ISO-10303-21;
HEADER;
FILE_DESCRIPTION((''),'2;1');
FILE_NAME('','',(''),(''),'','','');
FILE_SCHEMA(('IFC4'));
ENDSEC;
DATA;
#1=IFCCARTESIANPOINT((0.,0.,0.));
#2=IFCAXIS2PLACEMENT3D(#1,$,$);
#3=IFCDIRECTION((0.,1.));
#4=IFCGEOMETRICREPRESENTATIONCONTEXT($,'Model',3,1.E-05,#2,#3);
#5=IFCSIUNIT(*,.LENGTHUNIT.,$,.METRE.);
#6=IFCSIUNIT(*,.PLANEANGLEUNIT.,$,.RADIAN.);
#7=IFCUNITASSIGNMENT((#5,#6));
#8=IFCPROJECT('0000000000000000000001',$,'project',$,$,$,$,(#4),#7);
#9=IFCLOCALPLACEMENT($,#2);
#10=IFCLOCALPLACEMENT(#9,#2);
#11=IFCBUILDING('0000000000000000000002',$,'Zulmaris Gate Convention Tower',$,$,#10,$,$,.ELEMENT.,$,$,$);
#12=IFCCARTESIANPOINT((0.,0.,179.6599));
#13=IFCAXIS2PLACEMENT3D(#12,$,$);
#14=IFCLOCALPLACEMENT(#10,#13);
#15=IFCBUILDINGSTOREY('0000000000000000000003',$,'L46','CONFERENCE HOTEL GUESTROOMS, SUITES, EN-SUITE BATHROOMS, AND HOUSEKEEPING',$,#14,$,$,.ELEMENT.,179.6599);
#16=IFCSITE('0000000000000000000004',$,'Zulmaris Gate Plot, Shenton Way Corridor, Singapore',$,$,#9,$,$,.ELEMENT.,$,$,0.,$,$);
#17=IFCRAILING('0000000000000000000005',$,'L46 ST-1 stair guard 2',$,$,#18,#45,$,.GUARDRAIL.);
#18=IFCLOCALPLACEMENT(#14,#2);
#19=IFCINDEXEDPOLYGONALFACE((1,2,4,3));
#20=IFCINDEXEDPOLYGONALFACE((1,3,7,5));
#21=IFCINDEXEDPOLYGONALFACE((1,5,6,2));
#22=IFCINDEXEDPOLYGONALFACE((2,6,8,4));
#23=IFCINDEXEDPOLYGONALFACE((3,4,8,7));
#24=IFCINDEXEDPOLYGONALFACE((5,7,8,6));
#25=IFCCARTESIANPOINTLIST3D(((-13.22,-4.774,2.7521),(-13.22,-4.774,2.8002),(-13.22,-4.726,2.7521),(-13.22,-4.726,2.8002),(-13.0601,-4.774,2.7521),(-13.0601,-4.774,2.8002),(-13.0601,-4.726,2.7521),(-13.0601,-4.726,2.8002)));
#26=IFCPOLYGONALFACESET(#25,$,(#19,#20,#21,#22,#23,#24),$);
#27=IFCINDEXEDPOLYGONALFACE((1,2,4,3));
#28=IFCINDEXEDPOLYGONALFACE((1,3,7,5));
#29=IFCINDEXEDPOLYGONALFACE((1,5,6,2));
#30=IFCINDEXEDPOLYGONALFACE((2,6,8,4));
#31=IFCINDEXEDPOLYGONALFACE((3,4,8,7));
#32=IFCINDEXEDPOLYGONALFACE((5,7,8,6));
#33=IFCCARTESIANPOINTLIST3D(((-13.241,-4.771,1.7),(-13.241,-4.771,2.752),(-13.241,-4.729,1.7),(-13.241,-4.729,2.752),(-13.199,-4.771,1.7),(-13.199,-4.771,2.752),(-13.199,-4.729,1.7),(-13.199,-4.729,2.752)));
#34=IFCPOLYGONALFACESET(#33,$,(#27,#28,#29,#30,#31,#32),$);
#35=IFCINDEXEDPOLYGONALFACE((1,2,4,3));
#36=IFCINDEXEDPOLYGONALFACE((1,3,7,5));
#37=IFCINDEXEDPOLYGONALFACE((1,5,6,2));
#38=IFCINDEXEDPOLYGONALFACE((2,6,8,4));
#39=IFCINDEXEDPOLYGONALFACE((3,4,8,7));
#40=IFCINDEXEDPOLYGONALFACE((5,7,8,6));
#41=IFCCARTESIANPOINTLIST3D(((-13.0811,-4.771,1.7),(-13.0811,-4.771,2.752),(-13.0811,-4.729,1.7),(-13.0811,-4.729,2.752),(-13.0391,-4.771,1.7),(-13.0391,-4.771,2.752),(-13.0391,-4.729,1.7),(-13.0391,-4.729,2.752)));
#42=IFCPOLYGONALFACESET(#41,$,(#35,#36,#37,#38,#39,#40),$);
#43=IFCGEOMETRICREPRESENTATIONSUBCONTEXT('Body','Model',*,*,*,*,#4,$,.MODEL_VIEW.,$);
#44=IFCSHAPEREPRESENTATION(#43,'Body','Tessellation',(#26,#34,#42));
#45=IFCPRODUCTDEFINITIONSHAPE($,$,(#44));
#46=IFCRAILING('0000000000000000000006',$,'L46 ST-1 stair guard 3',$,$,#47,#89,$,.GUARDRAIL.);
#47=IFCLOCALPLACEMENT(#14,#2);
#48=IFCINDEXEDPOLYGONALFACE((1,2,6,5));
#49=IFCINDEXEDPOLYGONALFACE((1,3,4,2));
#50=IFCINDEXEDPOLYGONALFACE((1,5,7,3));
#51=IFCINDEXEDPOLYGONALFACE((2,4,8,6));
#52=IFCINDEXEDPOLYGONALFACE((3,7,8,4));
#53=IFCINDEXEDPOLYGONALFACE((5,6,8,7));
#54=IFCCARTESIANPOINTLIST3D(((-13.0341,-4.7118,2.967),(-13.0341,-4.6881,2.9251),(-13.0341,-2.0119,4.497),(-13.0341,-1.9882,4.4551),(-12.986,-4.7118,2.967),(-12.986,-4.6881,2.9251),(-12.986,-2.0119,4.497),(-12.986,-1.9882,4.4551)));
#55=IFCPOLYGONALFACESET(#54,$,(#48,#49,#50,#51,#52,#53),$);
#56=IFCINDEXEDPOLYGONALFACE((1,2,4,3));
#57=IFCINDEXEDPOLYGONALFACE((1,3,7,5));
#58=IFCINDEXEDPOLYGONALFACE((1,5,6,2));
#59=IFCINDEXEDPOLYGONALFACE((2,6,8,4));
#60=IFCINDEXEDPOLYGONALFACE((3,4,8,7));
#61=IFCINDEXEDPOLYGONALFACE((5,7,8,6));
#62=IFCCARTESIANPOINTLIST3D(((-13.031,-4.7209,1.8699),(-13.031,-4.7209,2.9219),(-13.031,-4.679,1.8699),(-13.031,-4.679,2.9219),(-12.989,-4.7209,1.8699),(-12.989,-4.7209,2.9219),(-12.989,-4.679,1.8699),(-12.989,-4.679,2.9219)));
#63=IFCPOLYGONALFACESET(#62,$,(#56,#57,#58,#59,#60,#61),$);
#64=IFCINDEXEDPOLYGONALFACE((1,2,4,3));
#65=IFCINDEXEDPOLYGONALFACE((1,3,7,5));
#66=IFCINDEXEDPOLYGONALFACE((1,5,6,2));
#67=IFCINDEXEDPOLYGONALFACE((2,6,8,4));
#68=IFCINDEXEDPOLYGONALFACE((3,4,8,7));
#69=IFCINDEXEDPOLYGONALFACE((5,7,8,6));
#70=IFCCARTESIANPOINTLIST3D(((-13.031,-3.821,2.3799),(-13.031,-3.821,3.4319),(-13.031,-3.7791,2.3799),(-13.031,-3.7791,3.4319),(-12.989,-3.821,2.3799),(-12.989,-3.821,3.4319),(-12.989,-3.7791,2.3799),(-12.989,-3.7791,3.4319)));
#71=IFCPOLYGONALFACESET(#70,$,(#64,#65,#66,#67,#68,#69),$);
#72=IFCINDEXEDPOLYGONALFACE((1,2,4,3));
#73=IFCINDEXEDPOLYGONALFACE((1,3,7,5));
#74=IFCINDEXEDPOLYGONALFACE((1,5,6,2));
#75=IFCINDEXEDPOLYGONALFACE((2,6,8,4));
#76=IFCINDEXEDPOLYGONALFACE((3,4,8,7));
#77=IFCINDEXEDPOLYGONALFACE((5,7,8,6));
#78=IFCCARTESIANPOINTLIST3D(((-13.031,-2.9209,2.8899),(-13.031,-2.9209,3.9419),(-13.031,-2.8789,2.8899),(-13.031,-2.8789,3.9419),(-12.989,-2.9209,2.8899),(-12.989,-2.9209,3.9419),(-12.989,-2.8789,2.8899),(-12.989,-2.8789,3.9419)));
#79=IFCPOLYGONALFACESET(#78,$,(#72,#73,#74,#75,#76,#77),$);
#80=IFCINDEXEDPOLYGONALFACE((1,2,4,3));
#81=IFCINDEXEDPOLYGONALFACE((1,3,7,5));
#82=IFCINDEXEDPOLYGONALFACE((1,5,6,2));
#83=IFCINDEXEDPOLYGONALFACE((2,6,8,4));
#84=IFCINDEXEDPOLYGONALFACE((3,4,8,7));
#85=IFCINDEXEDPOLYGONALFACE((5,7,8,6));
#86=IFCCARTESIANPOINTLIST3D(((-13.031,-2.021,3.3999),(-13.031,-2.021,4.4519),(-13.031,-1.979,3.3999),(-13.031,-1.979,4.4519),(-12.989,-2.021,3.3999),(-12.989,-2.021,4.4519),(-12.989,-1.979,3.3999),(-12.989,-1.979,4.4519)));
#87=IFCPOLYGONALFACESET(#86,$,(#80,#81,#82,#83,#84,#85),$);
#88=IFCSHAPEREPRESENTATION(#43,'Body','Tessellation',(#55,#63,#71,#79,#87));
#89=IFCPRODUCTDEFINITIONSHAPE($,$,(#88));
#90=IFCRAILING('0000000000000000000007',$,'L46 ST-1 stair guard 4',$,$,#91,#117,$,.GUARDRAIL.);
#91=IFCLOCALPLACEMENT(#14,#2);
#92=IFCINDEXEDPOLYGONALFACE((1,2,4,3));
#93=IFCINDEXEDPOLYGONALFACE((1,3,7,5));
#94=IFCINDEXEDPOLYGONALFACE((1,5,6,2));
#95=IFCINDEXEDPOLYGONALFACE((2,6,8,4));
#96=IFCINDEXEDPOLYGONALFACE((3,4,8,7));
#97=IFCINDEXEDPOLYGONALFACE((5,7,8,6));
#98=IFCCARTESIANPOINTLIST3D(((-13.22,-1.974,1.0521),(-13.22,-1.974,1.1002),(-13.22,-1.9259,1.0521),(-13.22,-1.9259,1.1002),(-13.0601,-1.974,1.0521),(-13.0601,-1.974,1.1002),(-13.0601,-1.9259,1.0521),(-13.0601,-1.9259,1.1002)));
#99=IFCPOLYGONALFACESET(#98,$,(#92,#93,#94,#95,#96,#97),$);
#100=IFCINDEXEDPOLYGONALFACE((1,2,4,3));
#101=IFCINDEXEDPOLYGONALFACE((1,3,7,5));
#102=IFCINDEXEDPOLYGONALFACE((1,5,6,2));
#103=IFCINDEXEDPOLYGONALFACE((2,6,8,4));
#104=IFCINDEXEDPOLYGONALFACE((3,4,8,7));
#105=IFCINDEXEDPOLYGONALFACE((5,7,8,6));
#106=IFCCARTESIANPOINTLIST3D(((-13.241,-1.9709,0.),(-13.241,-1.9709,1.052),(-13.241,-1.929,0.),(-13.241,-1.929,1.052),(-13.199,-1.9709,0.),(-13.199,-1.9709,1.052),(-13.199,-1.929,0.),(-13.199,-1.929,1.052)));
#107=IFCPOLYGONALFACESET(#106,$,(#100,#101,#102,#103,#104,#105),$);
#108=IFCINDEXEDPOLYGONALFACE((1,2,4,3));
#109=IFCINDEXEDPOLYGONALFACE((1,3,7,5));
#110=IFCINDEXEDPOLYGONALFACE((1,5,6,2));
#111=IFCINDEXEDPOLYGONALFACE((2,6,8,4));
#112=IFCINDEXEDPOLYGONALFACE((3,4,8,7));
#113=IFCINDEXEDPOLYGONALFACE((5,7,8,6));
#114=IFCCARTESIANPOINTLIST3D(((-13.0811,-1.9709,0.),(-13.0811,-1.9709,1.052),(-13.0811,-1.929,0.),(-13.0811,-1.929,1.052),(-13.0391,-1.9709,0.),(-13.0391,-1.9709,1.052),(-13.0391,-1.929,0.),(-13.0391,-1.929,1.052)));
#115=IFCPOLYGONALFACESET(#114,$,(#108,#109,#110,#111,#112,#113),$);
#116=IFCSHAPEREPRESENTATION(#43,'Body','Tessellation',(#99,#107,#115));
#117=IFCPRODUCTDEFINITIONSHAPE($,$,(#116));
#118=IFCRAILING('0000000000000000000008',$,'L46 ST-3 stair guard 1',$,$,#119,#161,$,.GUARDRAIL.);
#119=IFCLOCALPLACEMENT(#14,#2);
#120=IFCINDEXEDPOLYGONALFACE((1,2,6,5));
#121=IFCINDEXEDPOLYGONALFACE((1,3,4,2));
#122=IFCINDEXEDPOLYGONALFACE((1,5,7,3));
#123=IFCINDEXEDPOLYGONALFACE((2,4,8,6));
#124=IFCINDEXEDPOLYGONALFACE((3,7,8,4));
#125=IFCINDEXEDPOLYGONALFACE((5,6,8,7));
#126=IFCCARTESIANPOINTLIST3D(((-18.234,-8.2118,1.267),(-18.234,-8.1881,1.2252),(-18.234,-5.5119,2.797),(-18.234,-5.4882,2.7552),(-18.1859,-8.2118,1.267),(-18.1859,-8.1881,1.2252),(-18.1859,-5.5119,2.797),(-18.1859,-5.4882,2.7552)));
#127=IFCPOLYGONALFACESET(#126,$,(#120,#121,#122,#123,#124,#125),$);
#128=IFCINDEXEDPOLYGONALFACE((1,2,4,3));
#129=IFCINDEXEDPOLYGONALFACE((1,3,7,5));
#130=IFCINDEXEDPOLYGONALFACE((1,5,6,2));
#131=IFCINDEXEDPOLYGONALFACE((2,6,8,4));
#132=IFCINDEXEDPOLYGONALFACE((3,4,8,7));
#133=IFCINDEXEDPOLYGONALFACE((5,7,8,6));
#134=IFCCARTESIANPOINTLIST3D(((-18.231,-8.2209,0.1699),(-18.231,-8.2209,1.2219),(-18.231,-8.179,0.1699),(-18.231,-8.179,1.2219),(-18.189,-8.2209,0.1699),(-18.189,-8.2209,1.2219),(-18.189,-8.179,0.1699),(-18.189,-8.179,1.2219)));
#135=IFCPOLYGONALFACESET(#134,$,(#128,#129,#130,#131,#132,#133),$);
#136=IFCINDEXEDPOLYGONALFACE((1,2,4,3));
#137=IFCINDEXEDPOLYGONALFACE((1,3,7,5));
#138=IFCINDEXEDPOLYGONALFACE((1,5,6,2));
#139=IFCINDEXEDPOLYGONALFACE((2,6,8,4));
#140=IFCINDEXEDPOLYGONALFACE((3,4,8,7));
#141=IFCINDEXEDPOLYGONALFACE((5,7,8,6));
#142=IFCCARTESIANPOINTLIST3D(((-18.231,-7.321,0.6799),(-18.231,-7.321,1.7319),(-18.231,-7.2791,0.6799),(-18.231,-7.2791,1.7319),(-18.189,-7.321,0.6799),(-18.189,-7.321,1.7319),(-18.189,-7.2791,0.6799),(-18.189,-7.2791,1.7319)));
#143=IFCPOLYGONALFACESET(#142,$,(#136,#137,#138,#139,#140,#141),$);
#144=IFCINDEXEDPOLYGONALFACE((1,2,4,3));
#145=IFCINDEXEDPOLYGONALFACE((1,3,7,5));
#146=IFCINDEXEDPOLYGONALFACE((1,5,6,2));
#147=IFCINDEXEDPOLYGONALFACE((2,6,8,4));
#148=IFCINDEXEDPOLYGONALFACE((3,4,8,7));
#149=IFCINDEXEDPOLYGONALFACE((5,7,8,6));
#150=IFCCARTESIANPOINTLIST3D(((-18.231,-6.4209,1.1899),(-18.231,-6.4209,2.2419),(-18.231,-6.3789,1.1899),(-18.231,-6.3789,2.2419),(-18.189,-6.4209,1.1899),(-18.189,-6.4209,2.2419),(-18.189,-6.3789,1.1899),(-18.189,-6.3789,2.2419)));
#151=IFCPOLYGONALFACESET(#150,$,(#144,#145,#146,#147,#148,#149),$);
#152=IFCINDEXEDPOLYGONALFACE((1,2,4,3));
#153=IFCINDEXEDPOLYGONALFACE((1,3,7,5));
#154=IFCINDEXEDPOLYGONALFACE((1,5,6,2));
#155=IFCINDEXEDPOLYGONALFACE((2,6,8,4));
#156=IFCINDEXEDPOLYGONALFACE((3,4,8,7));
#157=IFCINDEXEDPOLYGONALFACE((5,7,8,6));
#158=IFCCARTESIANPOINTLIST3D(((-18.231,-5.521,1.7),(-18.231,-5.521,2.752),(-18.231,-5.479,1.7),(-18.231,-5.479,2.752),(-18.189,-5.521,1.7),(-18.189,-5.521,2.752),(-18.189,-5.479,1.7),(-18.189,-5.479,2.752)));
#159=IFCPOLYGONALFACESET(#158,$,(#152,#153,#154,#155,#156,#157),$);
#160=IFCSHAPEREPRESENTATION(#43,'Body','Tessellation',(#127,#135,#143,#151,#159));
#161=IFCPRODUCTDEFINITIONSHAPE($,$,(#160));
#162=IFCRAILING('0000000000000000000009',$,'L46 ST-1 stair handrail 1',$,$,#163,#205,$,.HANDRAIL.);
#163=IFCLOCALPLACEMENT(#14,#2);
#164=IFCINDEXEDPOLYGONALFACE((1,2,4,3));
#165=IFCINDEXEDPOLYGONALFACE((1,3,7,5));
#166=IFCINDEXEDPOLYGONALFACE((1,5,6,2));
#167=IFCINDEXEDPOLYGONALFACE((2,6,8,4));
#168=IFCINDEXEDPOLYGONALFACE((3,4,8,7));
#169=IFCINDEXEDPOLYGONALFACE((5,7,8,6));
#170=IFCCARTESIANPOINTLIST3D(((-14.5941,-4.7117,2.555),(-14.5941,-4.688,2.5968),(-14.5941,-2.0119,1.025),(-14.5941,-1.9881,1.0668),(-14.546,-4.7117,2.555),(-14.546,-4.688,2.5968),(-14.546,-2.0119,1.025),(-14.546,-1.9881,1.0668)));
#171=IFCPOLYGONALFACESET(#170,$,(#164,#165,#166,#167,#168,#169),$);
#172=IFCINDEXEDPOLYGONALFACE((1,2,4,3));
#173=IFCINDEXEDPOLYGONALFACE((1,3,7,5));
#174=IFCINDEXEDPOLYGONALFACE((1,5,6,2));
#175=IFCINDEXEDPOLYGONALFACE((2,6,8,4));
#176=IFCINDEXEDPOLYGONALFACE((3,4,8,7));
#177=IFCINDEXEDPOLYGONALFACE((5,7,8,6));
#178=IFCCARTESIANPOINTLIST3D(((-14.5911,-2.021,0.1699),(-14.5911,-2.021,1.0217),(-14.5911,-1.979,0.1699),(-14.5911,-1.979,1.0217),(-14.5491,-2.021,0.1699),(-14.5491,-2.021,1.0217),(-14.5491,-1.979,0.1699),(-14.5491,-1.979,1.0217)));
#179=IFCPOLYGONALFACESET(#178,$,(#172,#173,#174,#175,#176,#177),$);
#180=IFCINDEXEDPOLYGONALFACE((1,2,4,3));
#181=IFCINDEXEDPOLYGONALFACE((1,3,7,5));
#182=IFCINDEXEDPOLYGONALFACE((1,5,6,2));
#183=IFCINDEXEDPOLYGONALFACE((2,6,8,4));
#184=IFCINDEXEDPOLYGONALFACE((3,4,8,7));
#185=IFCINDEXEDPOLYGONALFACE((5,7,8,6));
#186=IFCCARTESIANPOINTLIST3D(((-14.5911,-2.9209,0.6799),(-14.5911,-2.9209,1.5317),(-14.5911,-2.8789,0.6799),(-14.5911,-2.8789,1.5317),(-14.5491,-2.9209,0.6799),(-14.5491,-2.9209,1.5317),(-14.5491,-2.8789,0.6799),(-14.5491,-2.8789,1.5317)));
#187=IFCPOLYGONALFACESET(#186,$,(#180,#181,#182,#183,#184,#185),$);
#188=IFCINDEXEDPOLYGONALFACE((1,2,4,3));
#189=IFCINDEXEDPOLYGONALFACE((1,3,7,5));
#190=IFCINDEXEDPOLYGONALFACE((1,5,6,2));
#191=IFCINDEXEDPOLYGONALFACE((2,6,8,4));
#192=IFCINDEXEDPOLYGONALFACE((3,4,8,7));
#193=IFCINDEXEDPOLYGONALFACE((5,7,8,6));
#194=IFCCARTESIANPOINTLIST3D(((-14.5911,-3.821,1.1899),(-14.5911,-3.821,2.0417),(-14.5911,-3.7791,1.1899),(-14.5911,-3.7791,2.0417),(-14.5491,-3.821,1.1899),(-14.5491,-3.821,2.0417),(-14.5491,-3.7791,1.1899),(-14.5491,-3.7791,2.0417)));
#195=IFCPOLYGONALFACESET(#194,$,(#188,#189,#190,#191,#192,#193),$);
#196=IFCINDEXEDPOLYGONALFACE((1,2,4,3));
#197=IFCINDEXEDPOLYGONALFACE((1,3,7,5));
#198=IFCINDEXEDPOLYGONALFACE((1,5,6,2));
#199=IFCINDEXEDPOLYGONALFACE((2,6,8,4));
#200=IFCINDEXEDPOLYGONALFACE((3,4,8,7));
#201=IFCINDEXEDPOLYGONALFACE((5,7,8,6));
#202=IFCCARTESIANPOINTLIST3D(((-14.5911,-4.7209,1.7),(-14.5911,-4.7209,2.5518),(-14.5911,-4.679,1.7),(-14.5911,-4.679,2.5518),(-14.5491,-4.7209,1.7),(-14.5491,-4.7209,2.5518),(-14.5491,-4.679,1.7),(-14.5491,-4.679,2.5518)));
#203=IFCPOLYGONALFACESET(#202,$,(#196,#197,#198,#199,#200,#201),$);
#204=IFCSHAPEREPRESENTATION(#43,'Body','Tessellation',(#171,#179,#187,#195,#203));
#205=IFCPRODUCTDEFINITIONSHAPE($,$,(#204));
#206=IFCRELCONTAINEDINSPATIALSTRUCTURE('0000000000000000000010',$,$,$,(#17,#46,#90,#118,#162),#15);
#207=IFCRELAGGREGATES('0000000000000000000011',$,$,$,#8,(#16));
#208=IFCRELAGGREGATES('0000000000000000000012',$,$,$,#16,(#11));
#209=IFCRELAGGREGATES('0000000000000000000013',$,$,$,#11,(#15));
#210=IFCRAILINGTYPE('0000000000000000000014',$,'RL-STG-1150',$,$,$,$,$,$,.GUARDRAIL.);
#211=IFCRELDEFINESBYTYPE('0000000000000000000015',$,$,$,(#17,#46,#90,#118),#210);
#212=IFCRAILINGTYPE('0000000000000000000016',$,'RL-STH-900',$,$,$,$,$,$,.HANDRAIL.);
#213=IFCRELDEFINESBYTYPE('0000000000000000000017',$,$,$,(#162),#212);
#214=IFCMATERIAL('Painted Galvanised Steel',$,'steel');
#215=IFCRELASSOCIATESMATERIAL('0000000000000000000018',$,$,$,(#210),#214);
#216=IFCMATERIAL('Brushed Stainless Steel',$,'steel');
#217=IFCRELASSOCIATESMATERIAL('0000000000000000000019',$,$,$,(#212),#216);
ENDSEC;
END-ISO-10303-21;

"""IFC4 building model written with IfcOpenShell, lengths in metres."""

from ifc_helpers import new_model, si_unit, direction, frame, origin, origin_2d, place, context, subcontext, project, spatial, rectangle, extrude, material, type_object, element, save


model = new_model("IFC4")

# Units and contexts
model_context = context("Model", 3, precision=1e-05, world=origin(), true_north=direction((0.0, 1.0)))
body_context = subcontext(model_context, "Body", "Model", "MODEL_VIEW")
ifc_project = project(units=[si_unit("LENGTHUNIT", "METRE"), si_unit("PLANEANGLEUNIT", "RADIAN")], contexts=[model_context])

# Site, building, storey
site_placement = place(None, origin())
site = spatial("IfcSite", under=ifc_project, at=site_placement, Name="Zulmaris Gate Plot, Shenton Way Corridor, Singapore", CompositionType="ELEMENT", RefElevation=0.0)
building_placement = place(site_placement, origin())
building = spatial("IfcBuilding", under=site, at=building_placement, Name="Zulmaris Gate Convention Tower", CompositionType="ELEMENT")
storey_placement = place(building_placement, frame((0.0, 0.0, 179.6599)))
storey = spatial("IfcBuildingStorey", under=building, at=storey_placement, Name="L46", Description="CONFERENCE HOTEL GUESTROOMS, SUITES, EN-SUITE BATHROOMS, AND HOUSEKEEPING", CompositionType="ELEMENT", Elevation=179.6599)

# Shared definitions
ifc_material_1 = material(Name="Brushed Stainless Steel", Category="steel")

# Railings
ifc_material_2 = material(Name="Painted Galvanised Steel", Category="steel")
railing_type_1 = type_object("IfcRailingType", Name="RL-STG-1150", PredefinedType="GUARDRAIL", material=ifc_material_2)
railing_1_placement = place(storey_placement, frame((-13.22, -4.75, 1.7)))
element("IfcRailing", 1, at=railing_1_placement, inside=storey, type_object=railing_type_1, Name="L46 ST-1 stair guard 2", PredefinedType="GUARDRAIL", context=body_context, shape_type="SweptSolid", body=[
    extrude(rectangle(XDim=0.0481, YDim=0.0481, at=origin_2d()), frame((0.0, 0.0, 1.0762), z_axis=(1.0, 0.0, 0.0), x_axis=(0.0, 1.0, 0.0)), (0.0, 0.0, 1.0), 0.1599),
    extrude(rectangle(XDim=0.042, YDim=0.042, at=origin_2d()), origin(), (0.0, 0.0, 1.0), 1.052),
    extrude(rectangle(XDim=0.042, YDim=0.042, at=origin_2d()), frame((0.1599, 0.0, 0.0)), (0.0, 0.0, 1.0), 1.052),
])
railing_2_placement = place(storey_placement, frame((-13.01, -4.7, 1.8699)))
element("IfcRailing", 2, at=railing_2_placement, inside=storey, type_object=railing_type_1, Name="L46 ST-1 stair guard 3", PredefinedType="GUARDRAIL", context=body_context, shape_type="SweptSolid", body=[
    extrude(rectangle(XDim=0.0481, YDim=0.0481, at=origin_2d()), frame((0.0, 0.0, 1.0762), z_axis=(0.0, 0.870014, 0.493026), x_axis=(-1.0, 0.0, 0.0)), (0.0, 0.0, 1.0), 3.1033),
    extrude(rectangle(XDim=0.042, YDim=0.042, at=origin_2d()), origin(), (0.0, 0.0, 1.0), 1.052),
    extrude(rectangle(XDim=0.042, YDim=0.042, at=origin_2d()), frame((0.0, 0.8999, 0.51)), (0.0, 0.0, 1.0), 1.052),
    extrude(rectangle(XDim=0.042, YDim=0.042, at=origin_2d()), frame((0.0, 1.8, 1.02)), (0.0, 0.0, 1.0), 1.052),
    extrude(rectangle(XDim=0.042, YDim=0.042, at=origin_2d()), frame((0.0, 2.7, 1.53)), (0.0, 0.0, 1.0), 1.052),
])
railing_3_placement = place(storey_placement, frame((-13.22, -1.95, 0.0)))
element("IfcRailing", 3, at=railing_3_placement, inside=storey, type_object=railing_type_1, Name="L46 ST-1 stair guard 4", PredefinedType="GUARDRAIL", context=body_context, shape_type="SweptSolid", body=[
    extrude(rectangle(XDim=0.0481, YDim=0.0481, at=origin_2d()), frame((0.0, 0.0, 1.0762), z_axis=(1.0, 0.0, 0.0), x_axis=(0.0, 1.0, 0.0)), (0.0, 0.0, 1.0), 0.1599),
    extrude(rectangle(XDim=0.042, YDim=0.042, at=origin_2d()), origin(), (0.0, 0.0, 1.0), 1.052),
    extrude(rectangle(XDim=0.042, YDim=0.042, at=origin_2d()), frame((0.1599, 0.0, 0.0)), (0.0, 0.0, 1.0), 1.052),
])
railing_4_placement = place(storey_placement, frame((-18.21, -8.2, 0.1699)))
element("IfcRailing", 4, at=railing_4_placement, inside=storey, type_object=railing_type_1, Name="L46 ST-3 stair guard 1", PredefinedType="GUARDRAIL", context=body_context, shape_type="SweptSolid", body=[
    extrude(rectangle(XDim=0.0481, YDim=0.0481, at=origin_2d()), frame((0.0, 0.0, 1.0762), z_axis=(0.0, 0.870014, 0.493026), x_axis=(-1.0, 0.0, 0.0)), (0.0, 0.0, 1.0), 3.1033),
    extrude(rectangle(XDim=0.042, YDim=0.042, at=origin_2d()), origin(), (0.0, 0.0, 1.0), 1.052),
    extrude(rectangle(XDim=0.042, YDim=0.042, at=origin_2d()), frame((0.0, 0.8999, 0.51)), (0.0, 0.0, 1.0), 1.052),
    extrude(rectangle(XDim=0.042, YDim=0.042, at=origin_2d()), frame((0.0, 1.8, 1.02)), (0.0, 0.0, 1.0), 1.052),
    extrude(rectangle(XDim=0.042, YDim=0.042, at=origin_2d()), frame((0.0, 2.7, 1.53)), (0.0, 0.0, 1.0), 1.052),
])
railing_type_2 = type_object("IfcRailingType", Name="RL-STH-900", PredefinedType="HANDRAIL", material=ifc_material_1)
railing_5_placement = place(storey_placement, frame((-14.5701, -2.0, 0.1699)))
element("IfcRailing", 5, at=railing_5_placement, inside=storey, type_object=railing_type_2, Name="L46 ST-1 stair handrail 1", PredefinedType="HANDRAIL", context=body_context, shape_type="SweptSolid", body=[
    extrude(rectangle(XDim=0.0481, YDim=0.0481, at=origin_2d()), frame((0.0, 0.0, 0.876), z_axis=(0.0, -0.870014, 0.493026), x_axis=(1.0, 0.0, 0.0)), (0.0, 0.0, 1.0), 3.1033),
    extrude(rectangle(XDim=0.042, YDim=0.042, at=origin_2d()), origin(), (0.0, 0.0, 1.0), 0.8518),
    extrude(rectangle(XDim=0.042, YDim=0.042, at=origin_2d()), frame((0.0, -0.8999, 0.51)), (0.0, 0.0, 1.0), 0.8518),
    extrude(rectangle(XDim=0.042, YDim=0.042, at=origin_2d()), frame((0.0, -1.8, 1.02)), (0.0, 0.0, 1.0), 0.8518),
    extrude(rectangle(XDim=0.042, YDim=0.042, at=origin_2d()), frame((0.0, -2.7, 1.53)), (0.0, 0.0, 1.0), 0.8518),
])

save(model, "model.ifc")
